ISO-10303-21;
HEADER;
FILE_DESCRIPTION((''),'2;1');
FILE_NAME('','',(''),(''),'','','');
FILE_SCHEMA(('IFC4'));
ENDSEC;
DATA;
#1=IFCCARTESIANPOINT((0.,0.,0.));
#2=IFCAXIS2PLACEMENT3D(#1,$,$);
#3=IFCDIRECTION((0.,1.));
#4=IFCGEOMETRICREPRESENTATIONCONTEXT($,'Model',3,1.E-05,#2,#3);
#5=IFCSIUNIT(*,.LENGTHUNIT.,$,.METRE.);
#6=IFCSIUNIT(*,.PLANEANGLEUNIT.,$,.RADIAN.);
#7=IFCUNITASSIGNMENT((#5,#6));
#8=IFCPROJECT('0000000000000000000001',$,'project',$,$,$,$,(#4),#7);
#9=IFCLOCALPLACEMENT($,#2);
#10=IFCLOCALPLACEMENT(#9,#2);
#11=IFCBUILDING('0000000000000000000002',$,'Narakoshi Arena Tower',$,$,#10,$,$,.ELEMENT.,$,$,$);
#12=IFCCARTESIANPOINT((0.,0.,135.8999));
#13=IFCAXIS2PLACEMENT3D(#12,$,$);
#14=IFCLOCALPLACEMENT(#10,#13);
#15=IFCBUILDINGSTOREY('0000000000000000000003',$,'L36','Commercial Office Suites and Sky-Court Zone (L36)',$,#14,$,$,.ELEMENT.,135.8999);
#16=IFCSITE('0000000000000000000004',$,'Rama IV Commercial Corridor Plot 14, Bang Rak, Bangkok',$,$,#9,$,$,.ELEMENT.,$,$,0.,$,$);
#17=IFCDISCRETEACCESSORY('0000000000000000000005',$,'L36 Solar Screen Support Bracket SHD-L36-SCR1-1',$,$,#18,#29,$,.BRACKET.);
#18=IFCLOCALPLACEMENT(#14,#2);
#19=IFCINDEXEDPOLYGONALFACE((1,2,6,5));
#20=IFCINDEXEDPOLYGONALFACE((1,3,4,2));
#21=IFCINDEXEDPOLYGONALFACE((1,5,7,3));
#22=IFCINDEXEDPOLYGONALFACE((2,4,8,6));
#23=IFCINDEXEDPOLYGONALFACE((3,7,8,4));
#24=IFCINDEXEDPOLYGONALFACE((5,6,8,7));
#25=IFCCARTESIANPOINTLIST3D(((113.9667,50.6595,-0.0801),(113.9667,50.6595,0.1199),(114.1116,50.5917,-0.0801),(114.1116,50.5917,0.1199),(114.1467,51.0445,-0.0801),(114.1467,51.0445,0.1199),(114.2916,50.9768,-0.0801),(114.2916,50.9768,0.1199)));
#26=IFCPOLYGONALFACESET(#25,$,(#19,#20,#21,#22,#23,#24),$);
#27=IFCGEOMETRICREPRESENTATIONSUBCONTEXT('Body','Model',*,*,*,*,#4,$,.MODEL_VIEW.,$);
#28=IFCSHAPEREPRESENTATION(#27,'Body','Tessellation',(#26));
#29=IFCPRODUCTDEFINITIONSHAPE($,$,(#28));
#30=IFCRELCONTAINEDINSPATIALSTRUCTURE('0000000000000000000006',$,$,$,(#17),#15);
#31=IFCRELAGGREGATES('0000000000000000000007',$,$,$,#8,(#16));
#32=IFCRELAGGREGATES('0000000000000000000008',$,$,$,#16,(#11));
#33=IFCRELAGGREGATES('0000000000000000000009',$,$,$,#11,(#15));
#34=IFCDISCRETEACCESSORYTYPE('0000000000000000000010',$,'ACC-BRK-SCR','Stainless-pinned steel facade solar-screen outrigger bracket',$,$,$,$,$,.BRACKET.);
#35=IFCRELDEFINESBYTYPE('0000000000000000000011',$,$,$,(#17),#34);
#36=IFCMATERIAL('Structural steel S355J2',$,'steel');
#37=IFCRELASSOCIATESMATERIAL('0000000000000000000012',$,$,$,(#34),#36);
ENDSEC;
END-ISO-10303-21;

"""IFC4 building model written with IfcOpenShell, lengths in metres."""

from ifc_helpers import new_model, si_unit, direction, frame, origin, origin_2d, place, context, subcontext, project, spatial, rectangle, extrude, material, type_object, element, save


model = new_model("IFC4")

# Units and contexts
model_context = context("Model", 3, precision=1e-05, world=origin(), true_north=direction((0.0, 1.0)))
body_context = subcontext(model_context, "Body", "Model", "MODEL_VIEW")
ifc_project = project(units=[si_unit("LENGTHUNIT", "METRE"), si_unit("PLANEANGLEUNIT", "RADIAN")], contexts=[model_context])

# Site, building, storey
site_placement = place(None, origin())
site = spatial("IfcSite", under=ifc_project, at=site_placement, Name="Rama IV Commercial Corridor Plot 14, Bang Rak, Bangkok", CompositionType="ELEMENT", RefElevation=0.0)
building_placement = place(site_placement, origin())
building = spatial("IfcBuilding", under=site, at=building_placement, Name="Narakoshi Arena Tower", CompositionType="ELEMENT")
storey_placement = place(building_placement, frame((0.0, 0.0, 135.8999)))
storey = spatial("IfcBuildingStorey", under=building, at=storey_placement, Name="L36", Description="Commercial Office Suites and Sky-Court Zone (L36)", CompositionType="ELEMENT", Elevation=135.8999)

# Shared definitions
ifc_material_1 = material(Name="Structural steel S355J2", Category="steel")

# Discrete accessory
discrete_accessory_type = type_object("IfcDiscreteAccessoryType", Name="ACC-BRK-SCR", Description="Stainless-pinned steel facade solar-screen outrigger bracket", PredefinedType="BRACKET", material=ifc_material_1)
discrete_accessory_placement = place(storey_placement, frame((114.1292, 50.8181, -0.0801), z_axis=(0.0, 0.0, 1.0), x_axis=(-0.90588, 0.423535, 0.0)))
element("IfcDiscreteAccessory", 1, at=discrete_accessory_placement, inside=storey, type_object=discrete_accessory_type, Name="L36 Solar Screen Support Bracket SHD-L36-SCR1-1", PredefinedType="BRACKET", context=body_context, shape_type="SweptSolid", body=[
    extrude(rectangle(XDim=0.1599, YDim=0.425, at=origin_2d()), origin(), (0.0, 0.0, 1.0), 0.2),
])

save(model, "model.ifc")
